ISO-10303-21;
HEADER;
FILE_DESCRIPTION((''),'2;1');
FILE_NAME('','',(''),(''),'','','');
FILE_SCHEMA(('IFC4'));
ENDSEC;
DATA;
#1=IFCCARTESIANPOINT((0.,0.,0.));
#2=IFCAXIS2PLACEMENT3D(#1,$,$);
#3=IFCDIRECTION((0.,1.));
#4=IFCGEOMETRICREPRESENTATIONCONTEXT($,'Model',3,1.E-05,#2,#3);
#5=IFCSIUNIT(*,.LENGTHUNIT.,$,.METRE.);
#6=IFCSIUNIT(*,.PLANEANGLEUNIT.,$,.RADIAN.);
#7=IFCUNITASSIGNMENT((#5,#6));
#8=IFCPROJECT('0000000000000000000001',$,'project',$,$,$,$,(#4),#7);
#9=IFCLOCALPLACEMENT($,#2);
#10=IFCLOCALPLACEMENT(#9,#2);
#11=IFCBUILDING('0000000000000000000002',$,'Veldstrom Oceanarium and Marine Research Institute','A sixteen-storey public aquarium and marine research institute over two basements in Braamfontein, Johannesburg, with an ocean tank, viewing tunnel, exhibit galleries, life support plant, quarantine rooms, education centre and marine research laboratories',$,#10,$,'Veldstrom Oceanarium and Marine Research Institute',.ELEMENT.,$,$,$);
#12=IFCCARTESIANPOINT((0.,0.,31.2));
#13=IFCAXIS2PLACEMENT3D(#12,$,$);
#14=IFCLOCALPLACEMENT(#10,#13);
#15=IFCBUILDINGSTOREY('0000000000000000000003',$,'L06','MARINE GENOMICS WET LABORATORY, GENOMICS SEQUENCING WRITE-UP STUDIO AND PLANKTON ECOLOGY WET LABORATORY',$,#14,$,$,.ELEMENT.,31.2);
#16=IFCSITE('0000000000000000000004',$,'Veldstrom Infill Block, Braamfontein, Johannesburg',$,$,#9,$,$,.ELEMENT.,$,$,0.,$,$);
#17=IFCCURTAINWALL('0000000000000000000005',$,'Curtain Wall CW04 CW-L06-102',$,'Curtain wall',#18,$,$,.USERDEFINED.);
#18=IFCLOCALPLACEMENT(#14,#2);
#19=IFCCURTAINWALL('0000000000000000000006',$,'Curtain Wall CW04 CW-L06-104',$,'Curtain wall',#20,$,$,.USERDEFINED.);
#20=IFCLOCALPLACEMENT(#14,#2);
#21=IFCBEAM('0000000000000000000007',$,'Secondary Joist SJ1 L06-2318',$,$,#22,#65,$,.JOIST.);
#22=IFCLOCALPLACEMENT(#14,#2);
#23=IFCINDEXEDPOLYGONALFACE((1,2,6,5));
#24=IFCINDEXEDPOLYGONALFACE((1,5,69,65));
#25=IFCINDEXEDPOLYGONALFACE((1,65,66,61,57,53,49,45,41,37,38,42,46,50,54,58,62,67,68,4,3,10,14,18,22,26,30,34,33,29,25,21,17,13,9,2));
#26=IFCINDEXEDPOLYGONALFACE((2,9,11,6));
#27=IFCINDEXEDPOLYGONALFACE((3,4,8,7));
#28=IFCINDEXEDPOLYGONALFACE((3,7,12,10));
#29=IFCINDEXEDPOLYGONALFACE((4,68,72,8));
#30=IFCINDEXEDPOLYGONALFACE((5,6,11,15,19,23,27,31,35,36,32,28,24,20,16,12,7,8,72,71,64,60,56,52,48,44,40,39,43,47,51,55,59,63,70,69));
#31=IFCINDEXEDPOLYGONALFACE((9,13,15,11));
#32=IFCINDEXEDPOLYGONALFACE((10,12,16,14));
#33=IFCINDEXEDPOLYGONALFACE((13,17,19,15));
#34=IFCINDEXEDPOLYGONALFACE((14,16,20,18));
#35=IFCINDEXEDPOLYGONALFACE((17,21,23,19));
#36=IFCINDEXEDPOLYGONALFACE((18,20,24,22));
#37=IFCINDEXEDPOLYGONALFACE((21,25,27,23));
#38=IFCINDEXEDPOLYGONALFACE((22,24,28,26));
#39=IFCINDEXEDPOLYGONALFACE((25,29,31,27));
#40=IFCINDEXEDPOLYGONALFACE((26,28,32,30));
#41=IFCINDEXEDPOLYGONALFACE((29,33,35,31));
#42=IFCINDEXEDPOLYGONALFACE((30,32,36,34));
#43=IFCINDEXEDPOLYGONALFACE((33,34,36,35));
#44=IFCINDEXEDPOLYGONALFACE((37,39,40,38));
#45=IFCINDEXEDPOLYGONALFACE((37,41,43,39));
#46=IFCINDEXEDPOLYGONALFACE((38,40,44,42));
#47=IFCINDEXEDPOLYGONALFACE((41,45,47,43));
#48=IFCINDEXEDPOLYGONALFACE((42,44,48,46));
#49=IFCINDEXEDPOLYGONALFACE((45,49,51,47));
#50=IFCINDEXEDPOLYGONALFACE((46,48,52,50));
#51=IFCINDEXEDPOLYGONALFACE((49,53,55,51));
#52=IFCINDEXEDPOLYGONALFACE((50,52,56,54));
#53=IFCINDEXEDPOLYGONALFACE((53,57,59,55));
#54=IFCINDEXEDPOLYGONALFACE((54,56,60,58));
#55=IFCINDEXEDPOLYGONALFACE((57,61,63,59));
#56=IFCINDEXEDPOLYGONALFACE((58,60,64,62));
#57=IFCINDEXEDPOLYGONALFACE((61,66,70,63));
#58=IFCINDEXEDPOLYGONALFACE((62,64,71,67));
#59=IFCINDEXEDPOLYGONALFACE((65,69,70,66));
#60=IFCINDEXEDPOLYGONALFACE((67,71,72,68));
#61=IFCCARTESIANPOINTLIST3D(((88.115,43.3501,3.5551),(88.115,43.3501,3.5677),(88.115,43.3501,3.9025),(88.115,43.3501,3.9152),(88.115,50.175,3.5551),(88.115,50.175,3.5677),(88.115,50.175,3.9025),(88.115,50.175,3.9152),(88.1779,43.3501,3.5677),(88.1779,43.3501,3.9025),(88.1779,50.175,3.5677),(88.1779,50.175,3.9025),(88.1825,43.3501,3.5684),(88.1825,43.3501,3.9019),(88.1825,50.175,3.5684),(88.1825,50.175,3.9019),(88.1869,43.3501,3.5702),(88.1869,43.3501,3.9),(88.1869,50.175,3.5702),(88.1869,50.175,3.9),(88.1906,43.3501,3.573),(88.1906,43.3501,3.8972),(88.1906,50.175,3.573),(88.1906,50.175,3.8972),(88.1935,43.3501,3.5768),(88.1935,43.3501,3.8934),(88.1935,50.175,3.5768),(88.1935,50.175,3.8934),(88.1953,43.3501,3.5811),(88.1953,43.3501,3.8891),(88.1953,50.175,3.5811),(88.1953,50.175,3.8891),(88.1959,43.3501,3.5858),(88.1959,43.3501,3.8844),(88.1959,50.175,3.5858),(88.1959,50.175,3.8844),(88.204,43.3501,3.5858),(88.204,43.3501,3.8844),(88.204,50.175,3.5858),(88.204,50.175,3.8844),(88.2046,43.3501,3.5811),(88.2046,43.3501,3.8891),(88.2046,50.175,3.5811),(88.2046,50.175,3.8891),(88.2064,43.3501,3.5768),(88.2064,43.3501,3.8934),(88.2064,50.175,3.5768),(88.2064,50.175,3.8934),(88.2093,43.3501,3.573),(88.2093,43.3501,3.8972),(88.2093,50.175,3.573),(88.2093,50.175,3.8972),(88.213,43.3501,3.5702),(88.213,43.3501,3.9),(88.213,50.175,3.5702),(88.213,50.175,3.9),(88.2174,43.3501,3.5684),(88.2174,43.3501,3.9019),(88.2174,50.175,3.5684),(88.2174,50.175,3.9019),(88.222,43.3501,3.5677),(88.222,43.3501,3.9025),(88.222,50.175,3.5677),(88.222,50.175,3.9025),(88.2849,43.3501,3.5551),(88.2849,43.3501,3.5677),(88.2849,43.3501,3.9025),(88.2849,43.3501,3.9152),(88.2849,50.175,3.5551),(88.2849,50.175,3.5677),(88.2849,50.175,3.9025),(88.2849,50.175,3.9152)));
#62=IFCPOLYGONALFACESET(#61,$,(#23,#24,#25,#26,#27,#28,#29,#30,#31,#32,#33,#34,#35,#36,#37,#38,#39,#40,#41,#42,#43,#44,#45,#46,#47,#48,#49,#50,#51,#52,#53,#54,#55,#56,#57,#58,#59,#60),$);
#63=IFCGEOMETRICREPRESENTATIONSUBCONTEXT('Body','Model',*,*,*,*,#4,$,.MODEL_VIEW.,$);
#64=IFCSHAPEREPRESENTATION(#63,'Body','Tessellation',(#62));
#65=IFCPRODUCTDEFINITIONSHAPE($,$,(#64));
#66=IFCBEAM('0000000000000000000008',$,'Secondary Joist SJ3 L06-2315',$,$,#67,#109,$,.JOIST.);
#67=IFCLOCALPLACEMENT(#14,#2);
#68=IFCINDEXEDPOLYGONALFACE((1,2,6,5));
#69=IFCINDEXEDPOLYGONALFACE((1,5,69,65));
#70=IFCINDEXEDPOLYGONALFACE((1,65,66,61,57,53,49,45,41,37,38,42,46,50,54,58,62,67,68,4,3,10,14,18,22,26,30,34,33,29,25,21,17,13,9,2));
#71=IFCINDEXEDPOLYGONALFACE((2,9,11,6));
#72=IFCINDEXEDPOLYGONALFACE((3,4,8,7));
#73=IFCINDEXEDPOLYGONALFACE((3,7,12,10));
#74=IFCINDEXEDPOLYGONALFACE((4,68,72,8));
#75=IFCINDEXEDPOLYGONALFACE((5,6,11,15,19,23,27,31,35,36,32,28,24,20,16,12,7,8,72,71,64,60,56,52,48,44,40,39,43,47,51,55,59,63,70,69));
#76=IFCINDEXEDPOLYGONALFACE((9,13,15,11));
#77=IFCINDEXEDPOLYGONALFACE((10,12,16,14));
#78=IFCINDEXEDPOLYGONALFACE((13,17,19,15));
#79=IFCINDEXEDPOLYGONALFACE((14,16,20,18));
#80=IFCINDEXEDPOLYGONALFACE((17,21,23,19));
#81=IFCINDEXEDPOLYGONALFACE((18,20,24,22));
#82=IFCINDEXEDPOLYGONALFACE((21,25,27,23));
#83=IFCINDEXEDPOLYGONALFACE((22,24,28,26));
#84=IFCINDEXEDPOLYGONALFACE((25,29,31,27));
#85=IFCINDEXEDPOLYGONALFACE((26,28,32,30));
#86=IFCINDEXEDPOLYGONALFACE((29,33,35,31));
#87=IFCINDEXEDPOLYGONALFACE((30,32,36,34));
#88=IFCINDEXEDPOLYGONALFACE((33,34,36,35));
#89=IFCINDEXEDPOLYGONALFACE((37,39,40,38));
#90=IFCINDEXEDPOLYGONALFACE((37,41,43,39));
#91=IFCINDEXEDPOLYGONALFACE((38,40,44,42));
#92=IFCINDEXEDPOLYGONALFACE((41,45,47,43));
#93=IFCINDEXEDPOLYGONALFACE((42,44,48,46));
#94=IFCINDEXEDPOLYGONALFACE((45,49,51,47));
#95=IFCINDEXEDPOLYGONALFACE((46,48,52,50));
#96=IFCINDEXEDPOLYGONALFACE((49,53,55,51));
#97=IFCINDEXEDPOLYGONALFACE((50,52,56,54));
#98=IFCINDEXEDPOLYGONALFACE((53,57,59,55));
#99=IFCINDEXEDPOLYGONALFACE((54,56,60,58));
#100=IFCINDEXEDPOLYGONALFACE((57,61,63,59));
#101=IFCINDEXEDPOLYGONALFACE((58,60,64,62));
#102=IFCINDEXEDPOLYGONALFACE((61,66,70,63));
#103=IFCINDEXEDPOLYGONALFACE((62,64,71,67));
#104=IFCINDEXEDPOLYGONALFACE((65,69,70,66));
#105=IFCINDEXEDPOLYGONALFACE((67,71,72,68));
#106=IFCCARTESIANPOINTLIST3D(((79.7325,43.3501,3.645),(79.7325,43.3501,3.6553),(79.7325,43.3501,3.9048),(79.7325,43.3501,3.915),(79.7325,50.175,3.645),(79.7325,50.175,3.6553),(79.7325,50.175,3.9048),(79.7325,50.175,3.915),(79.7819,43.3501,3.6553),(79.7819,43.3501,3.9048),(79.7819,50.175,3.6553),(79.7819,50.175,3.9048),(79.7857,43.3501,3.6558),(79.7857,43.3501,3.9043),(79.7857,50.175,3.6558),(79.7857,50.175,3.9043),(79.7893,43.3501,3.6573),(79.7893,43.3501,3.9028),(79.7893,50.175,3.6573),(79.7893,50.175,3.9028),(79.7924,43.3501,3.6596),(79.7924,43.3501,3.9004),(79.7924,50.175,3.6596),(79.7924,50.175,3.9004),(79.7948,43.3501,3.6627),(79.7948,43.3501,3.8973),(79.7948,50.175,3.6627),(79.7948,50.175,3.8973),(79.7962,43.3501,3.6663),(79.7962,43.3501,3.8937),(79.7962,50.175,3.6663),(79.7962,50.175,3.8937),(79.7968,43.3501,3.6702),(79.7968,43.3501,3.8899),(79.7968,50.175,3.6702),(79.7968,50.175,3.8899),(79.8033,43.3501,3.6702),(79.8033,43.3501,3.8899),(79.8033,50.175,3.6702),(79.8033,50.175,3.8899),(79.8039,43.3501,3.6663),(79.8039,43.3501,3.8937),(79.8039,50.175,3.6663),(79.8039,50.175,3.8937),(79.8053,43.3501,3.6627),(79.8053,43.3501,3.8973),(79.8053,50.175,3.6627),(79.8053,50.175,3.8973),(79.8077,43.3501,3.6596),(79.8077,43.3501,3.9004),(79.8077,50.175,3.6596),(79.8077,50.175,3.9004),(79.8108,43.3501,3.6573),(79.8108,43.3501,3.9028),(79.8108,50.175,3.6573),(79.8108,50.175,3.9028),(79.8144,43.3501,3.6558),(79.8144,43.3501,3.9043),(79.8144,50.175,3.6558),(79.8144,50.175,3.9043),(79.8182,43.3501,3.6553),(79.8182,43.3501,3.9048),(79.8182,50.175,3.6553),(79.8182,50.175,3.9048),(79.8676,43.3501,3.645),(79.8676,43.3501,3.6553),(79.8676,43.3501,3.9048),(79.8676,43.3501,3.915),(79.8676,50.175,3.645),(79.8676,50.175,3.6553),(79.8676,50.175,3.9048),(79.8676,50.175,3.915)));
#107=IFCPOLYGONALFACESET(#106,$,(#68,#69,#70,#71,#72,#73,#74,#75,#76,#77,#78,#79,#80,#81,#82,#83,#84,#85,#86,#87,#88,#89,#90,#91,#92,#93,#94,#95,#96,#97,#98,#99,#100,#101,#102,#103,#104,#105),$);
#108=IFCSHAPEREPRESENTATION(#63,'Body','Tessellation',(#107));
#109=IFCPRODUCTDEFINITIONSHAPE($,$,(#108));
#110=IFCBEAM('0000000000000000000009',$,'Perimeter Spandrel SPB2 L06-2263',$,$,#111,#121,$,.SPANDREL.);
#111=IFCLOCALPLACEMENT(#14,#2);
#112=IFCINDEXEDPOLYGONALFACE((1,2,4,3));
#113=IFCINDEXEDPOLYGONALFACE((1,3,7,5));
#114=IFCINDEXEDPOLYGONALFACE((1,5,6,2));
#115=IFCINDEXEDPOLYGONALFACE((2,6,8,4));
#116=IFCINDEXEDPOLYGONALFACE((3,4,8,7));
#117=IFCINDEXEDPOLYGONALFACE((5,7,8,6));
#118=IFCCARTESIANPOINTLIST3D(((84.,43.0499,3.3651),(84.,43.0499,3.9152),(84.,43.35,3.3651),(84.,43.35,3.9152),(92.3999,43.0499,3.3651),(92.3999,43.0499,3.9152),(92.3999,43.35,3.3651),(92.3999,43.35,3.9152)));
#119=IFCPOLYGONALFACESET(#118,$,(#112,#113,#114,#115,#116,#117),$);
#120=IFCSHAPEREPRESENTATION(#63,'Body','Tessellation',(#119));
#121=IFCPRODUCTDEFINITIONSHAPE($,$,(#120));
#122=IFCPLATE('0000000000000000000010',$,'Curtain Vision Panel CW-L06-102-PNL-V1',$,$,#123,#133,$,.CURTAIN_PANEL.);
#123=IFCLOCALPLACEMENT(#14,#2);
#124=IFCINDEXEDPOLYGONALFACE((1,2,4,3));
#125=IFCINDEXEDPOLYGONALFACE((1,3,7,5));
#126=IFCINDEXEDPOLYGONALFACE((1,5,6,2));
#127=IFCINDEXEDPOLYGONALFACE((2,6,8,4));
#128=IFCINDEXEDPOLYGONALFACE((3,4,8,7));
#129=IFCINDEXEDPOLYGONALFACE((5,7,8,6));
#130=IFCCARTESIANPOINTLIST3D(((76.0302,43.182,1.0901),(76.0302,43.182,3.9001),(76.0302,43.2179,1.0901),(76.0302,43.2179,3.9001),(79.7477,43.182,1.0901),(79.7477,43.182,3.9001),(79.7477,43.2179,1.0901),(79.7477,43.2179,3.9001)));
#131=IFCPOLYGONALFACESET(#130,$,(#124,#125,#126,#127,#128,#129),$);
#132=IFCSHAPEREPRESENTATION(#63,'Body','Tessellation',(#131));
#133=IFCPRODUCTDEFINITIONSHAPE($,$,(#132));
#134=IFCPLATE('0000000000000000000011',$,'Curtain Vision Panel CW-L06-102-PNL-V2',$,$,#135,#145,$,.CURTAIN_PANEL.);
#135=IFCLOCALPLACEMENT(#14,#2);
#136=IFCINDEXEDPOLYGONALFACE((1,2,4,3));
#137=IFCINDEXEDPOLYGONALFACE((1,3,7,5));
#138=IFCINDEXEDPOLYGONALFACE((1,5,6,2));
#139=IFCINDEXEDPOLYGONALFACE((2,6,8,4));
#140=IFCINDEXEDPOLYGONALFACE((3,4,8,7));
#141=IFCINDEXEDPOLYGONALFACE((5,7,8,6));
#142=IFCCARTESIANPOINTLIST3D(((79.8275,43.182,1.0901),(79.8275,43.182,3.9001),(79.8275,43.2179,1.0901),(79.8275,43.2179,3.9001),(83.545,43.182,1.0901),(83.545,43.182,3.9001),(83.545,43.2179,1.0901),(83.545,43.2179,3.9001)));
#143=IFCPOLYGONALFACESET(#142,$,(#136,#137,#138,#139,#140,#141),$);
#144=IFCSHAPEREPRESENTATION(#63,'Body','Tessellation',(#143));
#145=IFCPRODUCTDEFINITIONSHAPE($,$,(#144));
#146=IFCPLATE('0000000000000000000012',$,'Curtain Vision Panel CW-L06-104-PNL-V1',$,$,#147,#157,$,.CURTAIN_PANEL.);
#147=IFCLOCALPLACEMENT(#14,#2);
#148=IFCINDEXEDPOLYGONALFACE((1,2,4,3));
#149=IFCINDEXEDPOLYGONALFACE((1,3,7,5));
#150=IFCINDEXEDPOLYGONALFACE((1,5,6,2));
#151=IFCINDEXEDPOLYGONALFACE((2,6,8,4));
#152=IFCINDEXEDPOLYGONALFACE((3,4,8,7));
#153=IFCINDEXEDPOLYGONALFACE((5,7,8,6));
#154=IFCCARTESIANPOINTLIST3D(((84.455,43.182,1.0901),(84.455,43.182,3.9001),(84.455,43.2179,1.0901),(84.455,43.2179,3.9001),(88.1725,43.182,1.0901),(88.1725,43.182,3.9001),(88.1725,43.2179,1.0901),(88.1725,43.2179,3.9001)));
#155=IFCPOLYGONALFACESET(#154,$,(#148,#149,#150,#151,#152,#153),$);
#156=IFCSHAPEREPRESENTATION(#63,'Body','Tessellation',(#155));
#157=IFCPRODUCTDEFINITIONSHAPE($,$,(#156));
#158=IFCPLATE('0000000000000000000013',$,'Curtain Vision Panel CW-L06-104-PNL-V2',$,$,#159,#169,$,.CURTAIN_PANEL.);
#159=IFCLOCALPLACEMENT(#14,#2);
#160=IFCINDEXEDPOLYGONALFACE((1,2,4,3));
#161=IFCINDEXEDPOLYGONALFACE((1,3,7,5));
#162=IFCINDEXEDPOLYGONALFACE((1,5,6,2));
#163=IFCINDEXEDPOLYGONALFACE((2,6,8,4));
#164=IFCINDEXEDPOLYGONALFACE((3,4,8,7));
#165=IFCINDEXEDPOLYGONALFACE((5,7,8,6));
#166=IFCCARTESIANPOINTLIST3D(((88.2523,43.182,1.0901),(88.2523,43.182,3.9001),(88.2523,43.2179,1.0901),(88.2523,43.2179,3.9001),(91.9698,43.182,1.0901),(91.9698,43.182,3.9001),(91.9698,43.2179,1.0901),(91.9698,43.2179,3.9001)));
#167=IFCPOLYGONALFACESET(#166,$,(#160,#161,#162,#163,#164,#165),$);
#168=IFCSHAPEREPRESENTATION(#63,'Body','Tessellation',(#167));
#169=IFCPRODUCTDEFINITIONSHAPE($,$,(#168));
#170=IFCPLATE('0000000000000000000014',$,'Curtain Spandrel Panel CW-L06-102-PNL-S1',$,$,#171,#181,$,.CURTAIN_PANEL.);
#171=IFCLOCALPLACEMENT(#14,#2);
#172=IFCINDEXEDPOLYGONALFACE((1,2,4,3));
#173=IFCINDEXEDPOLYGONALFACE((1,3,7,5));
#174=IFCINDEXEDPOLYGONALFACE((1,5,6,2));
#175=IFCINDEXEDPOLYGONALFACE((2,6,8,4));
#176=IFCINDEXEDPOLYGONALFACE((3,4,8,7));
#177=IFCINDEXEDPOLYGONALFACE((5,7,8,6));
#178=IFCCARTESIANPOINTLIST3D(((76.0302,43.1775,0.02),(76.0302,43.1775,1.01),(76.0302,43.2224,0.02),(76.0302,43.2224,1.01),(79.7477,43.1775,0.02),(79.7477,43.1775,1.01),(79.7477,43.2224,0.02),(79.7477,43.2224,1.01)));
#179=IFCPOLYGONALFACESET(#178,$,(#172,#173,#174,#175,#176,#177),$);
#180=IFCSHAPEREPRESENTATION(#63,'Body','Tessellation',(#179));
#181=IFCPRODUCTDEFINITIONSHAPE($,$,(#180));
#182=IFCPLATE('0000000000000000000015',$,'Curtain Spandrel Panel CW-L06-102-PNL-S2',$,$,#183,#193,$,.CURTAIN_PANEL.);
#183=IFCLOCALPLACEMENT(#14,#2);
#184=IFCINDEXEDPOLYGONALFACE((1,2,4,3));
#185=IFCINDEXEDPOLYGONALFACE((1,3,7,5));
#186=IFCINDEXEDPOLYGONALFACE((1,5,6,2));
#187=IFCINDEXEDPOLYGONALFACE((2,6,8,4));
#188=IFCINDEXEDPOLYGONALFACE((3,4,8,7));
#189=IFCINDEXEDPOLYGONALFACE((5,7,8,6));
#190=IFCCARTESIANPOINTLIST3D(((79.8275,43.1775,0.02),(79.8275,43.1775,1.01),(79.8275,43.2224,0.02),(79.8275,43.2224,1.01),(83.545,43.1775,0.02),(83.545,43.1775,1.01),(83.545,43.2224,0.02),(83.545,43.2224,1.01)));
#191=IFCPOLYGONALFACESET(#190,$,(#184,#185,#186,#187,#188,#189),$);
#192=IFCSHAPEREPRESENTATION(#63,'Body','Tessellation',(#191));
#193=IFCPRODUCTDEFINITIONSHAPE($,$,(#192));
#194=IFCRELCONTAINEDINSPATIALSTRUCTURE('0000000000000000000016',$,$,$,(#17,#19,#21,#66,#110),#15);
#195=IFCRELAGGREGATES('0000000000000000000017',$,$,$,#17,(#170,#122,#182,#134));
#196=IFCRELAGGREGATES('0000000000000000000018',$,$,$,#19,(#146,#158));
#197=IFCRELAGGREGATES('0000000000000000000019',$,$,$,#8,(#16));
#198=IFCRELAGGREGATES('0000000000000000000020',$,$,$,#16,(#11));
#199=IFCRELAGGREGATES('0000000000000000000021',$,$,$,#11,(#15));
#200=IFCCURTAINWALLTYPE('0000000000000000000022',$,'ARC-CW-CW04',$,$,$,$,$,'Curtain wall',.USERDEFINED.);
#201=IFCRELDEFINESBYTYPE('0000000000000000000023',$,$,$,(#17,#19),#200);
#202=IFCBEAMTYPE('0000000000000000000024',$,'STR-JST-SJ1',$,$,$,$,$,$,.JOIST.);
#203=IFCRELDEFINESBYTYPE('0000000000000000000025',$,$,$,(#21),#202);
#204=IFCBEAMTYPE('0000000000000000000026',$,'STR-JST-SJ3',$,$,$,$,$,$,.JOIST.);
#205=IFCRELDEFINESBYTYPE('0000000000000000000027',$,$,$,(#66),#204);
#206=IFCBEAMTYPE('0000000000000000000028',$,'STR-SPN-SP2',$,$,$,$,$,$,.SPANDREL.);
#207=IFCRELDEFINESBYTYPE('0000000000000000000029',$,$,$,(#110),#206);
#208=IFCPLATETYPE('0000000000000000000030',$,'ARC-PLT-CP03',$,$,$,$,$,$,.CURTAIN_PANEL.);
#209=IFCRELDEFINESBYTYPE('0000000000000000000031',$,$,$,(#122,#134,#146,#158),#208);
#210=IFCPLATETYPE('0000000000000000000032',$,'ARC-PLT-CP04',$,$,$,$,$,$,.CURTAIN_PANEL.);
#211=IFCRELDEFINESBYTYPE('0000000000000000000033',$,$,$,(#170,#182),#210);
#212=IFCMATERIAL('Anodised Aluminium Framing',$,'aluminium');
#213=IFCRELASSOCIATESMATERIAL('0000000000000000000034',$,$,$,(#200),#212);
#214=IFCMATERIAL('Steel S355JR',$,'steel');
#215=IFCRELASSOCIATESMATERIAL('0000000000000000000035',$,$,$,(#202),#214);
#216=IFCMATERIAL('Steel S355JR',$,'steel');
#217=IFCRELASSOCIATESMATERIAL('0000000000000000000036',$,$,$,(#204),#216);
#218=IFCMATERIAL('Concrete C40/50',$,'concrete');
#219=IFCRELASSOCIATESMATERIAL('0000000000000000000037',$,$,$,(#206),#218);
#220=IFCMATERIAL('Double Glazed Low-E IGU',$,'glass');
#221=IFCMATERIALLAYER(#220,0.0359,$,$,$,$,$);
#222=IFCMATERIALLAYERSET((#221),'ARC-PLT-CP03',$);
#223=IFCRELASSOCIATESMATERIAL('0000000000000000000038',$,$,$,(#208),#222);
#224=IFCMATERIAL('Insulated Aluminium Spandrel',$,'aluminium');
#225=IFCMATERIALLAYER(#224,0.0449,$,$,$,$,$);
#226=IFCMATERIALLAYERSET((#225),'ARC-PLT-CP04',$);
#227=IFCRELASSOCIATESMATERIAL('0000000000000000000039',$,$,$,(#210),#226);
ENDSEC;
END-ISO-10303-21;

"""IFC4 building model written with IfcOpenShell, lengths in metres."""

from ifc_helpers import new_model, si_unit, direction, frame, origin, origin_2d, place, context, subcontext, project, spatial, rectangle, i_section, extrude, material, layer, layer_set, material_profile, profile_set, type_object, element, aggregate, save


model = new_model("IFC4")

# Units and contexts
model_context = context("Model", 3, precision=1e-05, world=origin(), true_north=direction((0.0, 1.0)))
body_context = subcontext(model_context, "Body", "Model", "MODEL_VIEW")
ifc_project = project(units=[si_unit("LENGTHUNIT", "METRE"), si_unit("PLANEANGLEUNIT", "RADIAN")], contexts=[model_context])

# Site, building, storey
site_placement = place(None, origin())
site = spatial("IfcSite", under=ifc_project, at=site_placement, Name="Veldstrom Infill Block, Braamfontein, Johannesburg", CompositionType="ELEMENT", RefElevation=0.0)
building_placement = place(site_placement, origin())
building = spatial("IfcBuilding", under=site, at=building_placement, Name="Veldstrom Oceanarium and Marine Research Institute", Description="A sixteen-storey public aquarium and marine research institute over two basements in Braamfontein, Johannesburg, with an ocean tank, viewing tunnel, exhibit galleries, life support plant, quarantine rooms, education centre and marine research laboratories", LongName="Veldstrom Oceanarium and Marine Research Institute", CompositionType="ELEMENT")
storey_placement = place(building_placement, frame((0.0, 0.0, 31.2)))
storey = spatial("IfcBuildingStorey", under=building, at=storey_placement, Name="L06", Description="MARINE GENOMICS WET LABORATORY, GENOMICS SEQUENCING WRITE-UP STUDIO AND PLANKTON ECOLOGY WET LABORATORY", CompositionType="ELEMENT", Elevation=31.2)

# Curtain walls
ifc_material_1 = material(Name="Anodised Aluminium Framing", Category="aluminium")
curtain_wall_type = type_object("IfcCurtainWallType", Name="ARC-CW-CW04", ElementType="Curtain wall", PredefinedType="USERDEFINED", material=ifc_material_1)
curtain_wall_1_placement = place(storey_placement, origin())
curtain_wall_1 = element("IfcCurtainWall", 1, at=curtain_wall_1_placement, inside=storey, type_object=curtain_wall_type, Name="Curtain Wall CW04 CW-L06-102", ObjectType="Curtain wall", PredefinedType="USERDEFINED")
curtain_wall_2_placement = place(storey_placement, origin())
curtain_wall_2 = element("IfcCurtainWall", 2, at=curtain_wall_2_placement, inside=storey, type_object=curtain_wall_type, Name="Curtain Wall CW04 CW-L06-104", ObjectType="Curtain wall", PredefinedType="USERDEFINED")

# Beams
ifc_material_2 = material(Name="Steel S355JR", Category="steel")
ifc_material_profile_1 = material_profile(ifc_material_2, i_section(OverallWidth=0.1699, OverallDepth=0.3601, WebThickness=0.0081, FlangeThickness=0.0127, FilletRadius=0.0181, at=origin_2d()), Name="IPE 360")
ifc_profile_set_1 = profile_set([ifc_material_profile_1], Name="Steel S355JR")
beam_type_1 = type_object("IfcBeamType", Name="STR-JST-SJ1", PredefinedType="JOIST", material=ifc_profile_set_1)
beam_1_placement = place(storey_placement, frame((88.2, 43.3501, 3.7351), z_axis=(0.0, 1.0, 0.0), x_axis=(-1.0, 0.0, 0.0)))
element("IfcBeam", 3, at=beam_1_placement, inside=storey, type_object=beam_type_1, Name="Secondary Joist SJ1 L06-2318", PredefinedType="JOIST", context=body_context, shape_type="SweptSolid", body=[
    extrude(i_section(OverallWidth=0.1699, OverallDepth=0.3601, WebThickness=0.0081, FlangeThickness=0.0127, FilletRadius=0.0181, at=origin_2d()), origin(), (0.0, 0.0, 1.0), 6.825),
])
ifc_material_3 = material(Name="Steel S355JR", Category="steel")
ifc_material_profile_2 = material_profile(ifc_material_3, i_section(OverallWidth=0.135, OverallDepth=0.27, WebThickness=0.0066, FlangeThickness=0.0103, FilletRadius=0.0149, at=origin_2d()), Name="IPE 270")
ifc_profile_set_2 = profile_set([ifc_material_profile_2], Name="Steel S355JR")
beam_type_2 = type_object("IfcBeamType", Name="STR-JST-SJ3", PredefinedType="JOIST", material=ifc_profile_set_2)
beam_2_placement = place(storey_placement, frame((79.8, 43.3501, 3.78), z_axis=(0.0, 1.0, 0.0), x_axis=(-1.0, 0.0, 0.0)))
element("IfcBeam", 4, at=beam_2_placement, inside=storey, type_object=beam_type_2, Name="Secondary Joist SJ3 L06-2315", PredefinedType="JOIST", context=body_context, shape_type="SweptSolid", body=[
    extrude(i_section(OverallWidth=0.135, OverallDepth=0.27, WebThickness=0.0066, FlangeThickness=0.0103, FilletRadius=0.0149, at=origin_2d()), origin(), (0.0, 0.0, 1.0), 6.825),
])
ifc_material_4 = material(Name="Concrete C40/50", Category="concrete")
ifc_material_profile_3 = material_profile(ifc_material_4, rectangle(XDim=0.3, YDim=0.55, at=origin_2d()), Name="RC-SPN-300x550")
ifc_profile_set_3 = profile_set([ifc_material_profile_3], Name="Concrete C40/50")
beam_type_3 = type_object("IfcBeamType", Name="STR-SPN-SP2", PredefinedType="SPANDREL", material=ifc_profile_set_3)
beam_3_placement = place(storey_placement, frame((84.0, 43.2, 3.6401), z_axis=(1.0, 0.0, 0.0), x_axis=(0.0, 1.0, 0.0)))
element("IfcBeam", 5, at=beam_3_placement, inside=storey, type_object=beam_type_3, Name="Perimeter Spandrel SPB2 L06-2263", PredefinedType="SPANDREL", context=body_context, shape_type="SweptSolid", body=[
    extrude(rectangle(XDim=0.3, YDim=0.55, at=origin_2d()), origin(), (0.0, 0.0, 1.0), 8.3999),
])

# Plates
ifc_material_5 = material(Name="Double Glazed Low-E IGU", Category="glass")
ifc_layer_1 = layer(ifc_material_5, 0.0359)
ifc_layer_set_1 = layer_set([ifc_layer_1], Name="ARC-PLT-CP03")
plate_type_1 = type_object("IfcPlateType", Name="ARC-PLT-CP03", PredefinedType="CURTAIN_PANEL", material=ifc_layer_set_1)
plate_1_placement = place(storey_placement, frame((77.8889, 43.2, 1.0901), z_axis=(0.0, 0.0, 1.0), x_axis=(1.0, 0.0, 0.0)))
plate_1 = element("IfcPlate", 6, at=plate_1_placement, type_object=plate_type_1, Name="Curtain Vision Panel CW-L06-102-PNL-V1", PredefinedType="CURTAIN_PANEL", context=body_context, shape_type="SweptSolid", body=[
    extrude(rectangle(XDim=3.7175, YDim=0.0359, at=origin_2d()), origin(), (0.0, 0.0, 1.0), 2.8101),
])
plate_2_placement = place(storey_placement, frame((81.6863, 43.2, 1.0901), z_axis=(0.0, 0.0, 1.0), x_axis=(1.0, 0.0, 0.0)))
plate_2 = element("IfcPlate", 7, at=plate_2_placement, type_object=plate_type_1, Name="Curtain Vision Panel CW-L06-102-PNL-V2", PredefinedType="CURTAIN_PANEL", context=body_context, shape_type="SweptSolid", body=[
    extrude(rectangle(XDim=3.7175, YDim=0.0359, at=origin_2d()), origin(), (0.0, 0.0, 1.0), 2.8101),
])
plate_3_placement = place(storey_placement, frame((86.3137, 43.2, 1.0901), z_axis=(0.0, 0.0, 1.0), x_axis=(1.0, 0.0, 0.0)))
plate_3 = element("IfcPlate", 8, at=plate_3_placement, type_object=plate_type_1, Name="Curtain Vision Panel CW-L06-104-PNL-V1", PredefinedType="CURTAIN_PANEL", context=body_context, shape_type="SweptSolid", body=[
    extrude(rectangle(XDim=3.7175, YDim=0.0359, at=origin_2d()), origin(), (0.0, 0.0, 1.0), 2.8101),
])
plate_4_placement = place(storey_placement, frame((90.1111, 43.2, 1.0901), z_axis=(0.0, 0.0, 1.0), x_axis=(1.0, 0.0, 0.0)))
plate_4 = element("IfcPlate", 9, at=plate_4_placement, type_object=plate_type_1, Name="Curtain Vision Panel CW-L06-104-PNL-V2", PredefinedType="CURTAIN_PANEL", context=body_context, shape_type="SweptSolid", body=[
    extrude(rectangle(XDim=3.7175, YDim=0.0359, at=origin_2d()), origin(), (0.0, 0.0, 1.0), 2.8101),
])
ifc_material_6 = material(Name="Insulated Aluminium Spandrel", Category="aluminium")
ifc_layer_2 = layer(ifc_material_6, 0.0449)
ifc_layer_set_2 = layer_set([ifc_layer_2], Name="ARC-PLT-CP04")
plate_type_2 = type_object("IfcPlateType", Name="ARC-PLT-CP04", PredefinedType="CURTAIN_PANEL", material=ifc_layer_set_2)
plate_5_placement = place(storey_placement, frame((77.8889, 43.2, 0.02), z_axis=(0.0, 0.0, 1.0), x_axis=(1.0, 0.0, 0.0)))
plate_5 = element("IfcPlate", 10, at=plate_5_placement, type_object=plate_type_2, Name="Curtain Spandrel Panel CW-L06-102-PNL-S1", PredefinedType="CURTAIN_PANEL", context=body_context, shape_type="SweptSolid", body=[
    extrude(rectangle(XDim=3.7175, YDim=0.0449, at=origin_2d()), origin(), (0.0, 0.0, 1.0), 0.99),
])
plate_6_placement = place(storey_placement, frame((81.6863, 43.2, 0.02), z_axis=(0.0, 0.0, 1.0), x_axis=(1.0, 0.0, 0.0)))
plate_6 = element("IfcPlate", 11, at=plate_6_placement, type_object=plate_type_2, Name="Curtain Spandrel Panel CW-L06-102-PNL-S2", PredefinedType="CURTAIN_PANEL", context=body_context, shape_type="SweptSolid", body=[
    extrude(rectangle(XDim=3.7175, YDim=0.0449, at=origin_2d()), origin(), (0.0, 0.0, 1.0), 0.99),
])
aggregate(curtain_wall_1, [plate_5, plate_1, plate_6, plate_2])
aggregate(curtain_wall_2, [plate_3, plate_4])

save(model, "model.ifc")
